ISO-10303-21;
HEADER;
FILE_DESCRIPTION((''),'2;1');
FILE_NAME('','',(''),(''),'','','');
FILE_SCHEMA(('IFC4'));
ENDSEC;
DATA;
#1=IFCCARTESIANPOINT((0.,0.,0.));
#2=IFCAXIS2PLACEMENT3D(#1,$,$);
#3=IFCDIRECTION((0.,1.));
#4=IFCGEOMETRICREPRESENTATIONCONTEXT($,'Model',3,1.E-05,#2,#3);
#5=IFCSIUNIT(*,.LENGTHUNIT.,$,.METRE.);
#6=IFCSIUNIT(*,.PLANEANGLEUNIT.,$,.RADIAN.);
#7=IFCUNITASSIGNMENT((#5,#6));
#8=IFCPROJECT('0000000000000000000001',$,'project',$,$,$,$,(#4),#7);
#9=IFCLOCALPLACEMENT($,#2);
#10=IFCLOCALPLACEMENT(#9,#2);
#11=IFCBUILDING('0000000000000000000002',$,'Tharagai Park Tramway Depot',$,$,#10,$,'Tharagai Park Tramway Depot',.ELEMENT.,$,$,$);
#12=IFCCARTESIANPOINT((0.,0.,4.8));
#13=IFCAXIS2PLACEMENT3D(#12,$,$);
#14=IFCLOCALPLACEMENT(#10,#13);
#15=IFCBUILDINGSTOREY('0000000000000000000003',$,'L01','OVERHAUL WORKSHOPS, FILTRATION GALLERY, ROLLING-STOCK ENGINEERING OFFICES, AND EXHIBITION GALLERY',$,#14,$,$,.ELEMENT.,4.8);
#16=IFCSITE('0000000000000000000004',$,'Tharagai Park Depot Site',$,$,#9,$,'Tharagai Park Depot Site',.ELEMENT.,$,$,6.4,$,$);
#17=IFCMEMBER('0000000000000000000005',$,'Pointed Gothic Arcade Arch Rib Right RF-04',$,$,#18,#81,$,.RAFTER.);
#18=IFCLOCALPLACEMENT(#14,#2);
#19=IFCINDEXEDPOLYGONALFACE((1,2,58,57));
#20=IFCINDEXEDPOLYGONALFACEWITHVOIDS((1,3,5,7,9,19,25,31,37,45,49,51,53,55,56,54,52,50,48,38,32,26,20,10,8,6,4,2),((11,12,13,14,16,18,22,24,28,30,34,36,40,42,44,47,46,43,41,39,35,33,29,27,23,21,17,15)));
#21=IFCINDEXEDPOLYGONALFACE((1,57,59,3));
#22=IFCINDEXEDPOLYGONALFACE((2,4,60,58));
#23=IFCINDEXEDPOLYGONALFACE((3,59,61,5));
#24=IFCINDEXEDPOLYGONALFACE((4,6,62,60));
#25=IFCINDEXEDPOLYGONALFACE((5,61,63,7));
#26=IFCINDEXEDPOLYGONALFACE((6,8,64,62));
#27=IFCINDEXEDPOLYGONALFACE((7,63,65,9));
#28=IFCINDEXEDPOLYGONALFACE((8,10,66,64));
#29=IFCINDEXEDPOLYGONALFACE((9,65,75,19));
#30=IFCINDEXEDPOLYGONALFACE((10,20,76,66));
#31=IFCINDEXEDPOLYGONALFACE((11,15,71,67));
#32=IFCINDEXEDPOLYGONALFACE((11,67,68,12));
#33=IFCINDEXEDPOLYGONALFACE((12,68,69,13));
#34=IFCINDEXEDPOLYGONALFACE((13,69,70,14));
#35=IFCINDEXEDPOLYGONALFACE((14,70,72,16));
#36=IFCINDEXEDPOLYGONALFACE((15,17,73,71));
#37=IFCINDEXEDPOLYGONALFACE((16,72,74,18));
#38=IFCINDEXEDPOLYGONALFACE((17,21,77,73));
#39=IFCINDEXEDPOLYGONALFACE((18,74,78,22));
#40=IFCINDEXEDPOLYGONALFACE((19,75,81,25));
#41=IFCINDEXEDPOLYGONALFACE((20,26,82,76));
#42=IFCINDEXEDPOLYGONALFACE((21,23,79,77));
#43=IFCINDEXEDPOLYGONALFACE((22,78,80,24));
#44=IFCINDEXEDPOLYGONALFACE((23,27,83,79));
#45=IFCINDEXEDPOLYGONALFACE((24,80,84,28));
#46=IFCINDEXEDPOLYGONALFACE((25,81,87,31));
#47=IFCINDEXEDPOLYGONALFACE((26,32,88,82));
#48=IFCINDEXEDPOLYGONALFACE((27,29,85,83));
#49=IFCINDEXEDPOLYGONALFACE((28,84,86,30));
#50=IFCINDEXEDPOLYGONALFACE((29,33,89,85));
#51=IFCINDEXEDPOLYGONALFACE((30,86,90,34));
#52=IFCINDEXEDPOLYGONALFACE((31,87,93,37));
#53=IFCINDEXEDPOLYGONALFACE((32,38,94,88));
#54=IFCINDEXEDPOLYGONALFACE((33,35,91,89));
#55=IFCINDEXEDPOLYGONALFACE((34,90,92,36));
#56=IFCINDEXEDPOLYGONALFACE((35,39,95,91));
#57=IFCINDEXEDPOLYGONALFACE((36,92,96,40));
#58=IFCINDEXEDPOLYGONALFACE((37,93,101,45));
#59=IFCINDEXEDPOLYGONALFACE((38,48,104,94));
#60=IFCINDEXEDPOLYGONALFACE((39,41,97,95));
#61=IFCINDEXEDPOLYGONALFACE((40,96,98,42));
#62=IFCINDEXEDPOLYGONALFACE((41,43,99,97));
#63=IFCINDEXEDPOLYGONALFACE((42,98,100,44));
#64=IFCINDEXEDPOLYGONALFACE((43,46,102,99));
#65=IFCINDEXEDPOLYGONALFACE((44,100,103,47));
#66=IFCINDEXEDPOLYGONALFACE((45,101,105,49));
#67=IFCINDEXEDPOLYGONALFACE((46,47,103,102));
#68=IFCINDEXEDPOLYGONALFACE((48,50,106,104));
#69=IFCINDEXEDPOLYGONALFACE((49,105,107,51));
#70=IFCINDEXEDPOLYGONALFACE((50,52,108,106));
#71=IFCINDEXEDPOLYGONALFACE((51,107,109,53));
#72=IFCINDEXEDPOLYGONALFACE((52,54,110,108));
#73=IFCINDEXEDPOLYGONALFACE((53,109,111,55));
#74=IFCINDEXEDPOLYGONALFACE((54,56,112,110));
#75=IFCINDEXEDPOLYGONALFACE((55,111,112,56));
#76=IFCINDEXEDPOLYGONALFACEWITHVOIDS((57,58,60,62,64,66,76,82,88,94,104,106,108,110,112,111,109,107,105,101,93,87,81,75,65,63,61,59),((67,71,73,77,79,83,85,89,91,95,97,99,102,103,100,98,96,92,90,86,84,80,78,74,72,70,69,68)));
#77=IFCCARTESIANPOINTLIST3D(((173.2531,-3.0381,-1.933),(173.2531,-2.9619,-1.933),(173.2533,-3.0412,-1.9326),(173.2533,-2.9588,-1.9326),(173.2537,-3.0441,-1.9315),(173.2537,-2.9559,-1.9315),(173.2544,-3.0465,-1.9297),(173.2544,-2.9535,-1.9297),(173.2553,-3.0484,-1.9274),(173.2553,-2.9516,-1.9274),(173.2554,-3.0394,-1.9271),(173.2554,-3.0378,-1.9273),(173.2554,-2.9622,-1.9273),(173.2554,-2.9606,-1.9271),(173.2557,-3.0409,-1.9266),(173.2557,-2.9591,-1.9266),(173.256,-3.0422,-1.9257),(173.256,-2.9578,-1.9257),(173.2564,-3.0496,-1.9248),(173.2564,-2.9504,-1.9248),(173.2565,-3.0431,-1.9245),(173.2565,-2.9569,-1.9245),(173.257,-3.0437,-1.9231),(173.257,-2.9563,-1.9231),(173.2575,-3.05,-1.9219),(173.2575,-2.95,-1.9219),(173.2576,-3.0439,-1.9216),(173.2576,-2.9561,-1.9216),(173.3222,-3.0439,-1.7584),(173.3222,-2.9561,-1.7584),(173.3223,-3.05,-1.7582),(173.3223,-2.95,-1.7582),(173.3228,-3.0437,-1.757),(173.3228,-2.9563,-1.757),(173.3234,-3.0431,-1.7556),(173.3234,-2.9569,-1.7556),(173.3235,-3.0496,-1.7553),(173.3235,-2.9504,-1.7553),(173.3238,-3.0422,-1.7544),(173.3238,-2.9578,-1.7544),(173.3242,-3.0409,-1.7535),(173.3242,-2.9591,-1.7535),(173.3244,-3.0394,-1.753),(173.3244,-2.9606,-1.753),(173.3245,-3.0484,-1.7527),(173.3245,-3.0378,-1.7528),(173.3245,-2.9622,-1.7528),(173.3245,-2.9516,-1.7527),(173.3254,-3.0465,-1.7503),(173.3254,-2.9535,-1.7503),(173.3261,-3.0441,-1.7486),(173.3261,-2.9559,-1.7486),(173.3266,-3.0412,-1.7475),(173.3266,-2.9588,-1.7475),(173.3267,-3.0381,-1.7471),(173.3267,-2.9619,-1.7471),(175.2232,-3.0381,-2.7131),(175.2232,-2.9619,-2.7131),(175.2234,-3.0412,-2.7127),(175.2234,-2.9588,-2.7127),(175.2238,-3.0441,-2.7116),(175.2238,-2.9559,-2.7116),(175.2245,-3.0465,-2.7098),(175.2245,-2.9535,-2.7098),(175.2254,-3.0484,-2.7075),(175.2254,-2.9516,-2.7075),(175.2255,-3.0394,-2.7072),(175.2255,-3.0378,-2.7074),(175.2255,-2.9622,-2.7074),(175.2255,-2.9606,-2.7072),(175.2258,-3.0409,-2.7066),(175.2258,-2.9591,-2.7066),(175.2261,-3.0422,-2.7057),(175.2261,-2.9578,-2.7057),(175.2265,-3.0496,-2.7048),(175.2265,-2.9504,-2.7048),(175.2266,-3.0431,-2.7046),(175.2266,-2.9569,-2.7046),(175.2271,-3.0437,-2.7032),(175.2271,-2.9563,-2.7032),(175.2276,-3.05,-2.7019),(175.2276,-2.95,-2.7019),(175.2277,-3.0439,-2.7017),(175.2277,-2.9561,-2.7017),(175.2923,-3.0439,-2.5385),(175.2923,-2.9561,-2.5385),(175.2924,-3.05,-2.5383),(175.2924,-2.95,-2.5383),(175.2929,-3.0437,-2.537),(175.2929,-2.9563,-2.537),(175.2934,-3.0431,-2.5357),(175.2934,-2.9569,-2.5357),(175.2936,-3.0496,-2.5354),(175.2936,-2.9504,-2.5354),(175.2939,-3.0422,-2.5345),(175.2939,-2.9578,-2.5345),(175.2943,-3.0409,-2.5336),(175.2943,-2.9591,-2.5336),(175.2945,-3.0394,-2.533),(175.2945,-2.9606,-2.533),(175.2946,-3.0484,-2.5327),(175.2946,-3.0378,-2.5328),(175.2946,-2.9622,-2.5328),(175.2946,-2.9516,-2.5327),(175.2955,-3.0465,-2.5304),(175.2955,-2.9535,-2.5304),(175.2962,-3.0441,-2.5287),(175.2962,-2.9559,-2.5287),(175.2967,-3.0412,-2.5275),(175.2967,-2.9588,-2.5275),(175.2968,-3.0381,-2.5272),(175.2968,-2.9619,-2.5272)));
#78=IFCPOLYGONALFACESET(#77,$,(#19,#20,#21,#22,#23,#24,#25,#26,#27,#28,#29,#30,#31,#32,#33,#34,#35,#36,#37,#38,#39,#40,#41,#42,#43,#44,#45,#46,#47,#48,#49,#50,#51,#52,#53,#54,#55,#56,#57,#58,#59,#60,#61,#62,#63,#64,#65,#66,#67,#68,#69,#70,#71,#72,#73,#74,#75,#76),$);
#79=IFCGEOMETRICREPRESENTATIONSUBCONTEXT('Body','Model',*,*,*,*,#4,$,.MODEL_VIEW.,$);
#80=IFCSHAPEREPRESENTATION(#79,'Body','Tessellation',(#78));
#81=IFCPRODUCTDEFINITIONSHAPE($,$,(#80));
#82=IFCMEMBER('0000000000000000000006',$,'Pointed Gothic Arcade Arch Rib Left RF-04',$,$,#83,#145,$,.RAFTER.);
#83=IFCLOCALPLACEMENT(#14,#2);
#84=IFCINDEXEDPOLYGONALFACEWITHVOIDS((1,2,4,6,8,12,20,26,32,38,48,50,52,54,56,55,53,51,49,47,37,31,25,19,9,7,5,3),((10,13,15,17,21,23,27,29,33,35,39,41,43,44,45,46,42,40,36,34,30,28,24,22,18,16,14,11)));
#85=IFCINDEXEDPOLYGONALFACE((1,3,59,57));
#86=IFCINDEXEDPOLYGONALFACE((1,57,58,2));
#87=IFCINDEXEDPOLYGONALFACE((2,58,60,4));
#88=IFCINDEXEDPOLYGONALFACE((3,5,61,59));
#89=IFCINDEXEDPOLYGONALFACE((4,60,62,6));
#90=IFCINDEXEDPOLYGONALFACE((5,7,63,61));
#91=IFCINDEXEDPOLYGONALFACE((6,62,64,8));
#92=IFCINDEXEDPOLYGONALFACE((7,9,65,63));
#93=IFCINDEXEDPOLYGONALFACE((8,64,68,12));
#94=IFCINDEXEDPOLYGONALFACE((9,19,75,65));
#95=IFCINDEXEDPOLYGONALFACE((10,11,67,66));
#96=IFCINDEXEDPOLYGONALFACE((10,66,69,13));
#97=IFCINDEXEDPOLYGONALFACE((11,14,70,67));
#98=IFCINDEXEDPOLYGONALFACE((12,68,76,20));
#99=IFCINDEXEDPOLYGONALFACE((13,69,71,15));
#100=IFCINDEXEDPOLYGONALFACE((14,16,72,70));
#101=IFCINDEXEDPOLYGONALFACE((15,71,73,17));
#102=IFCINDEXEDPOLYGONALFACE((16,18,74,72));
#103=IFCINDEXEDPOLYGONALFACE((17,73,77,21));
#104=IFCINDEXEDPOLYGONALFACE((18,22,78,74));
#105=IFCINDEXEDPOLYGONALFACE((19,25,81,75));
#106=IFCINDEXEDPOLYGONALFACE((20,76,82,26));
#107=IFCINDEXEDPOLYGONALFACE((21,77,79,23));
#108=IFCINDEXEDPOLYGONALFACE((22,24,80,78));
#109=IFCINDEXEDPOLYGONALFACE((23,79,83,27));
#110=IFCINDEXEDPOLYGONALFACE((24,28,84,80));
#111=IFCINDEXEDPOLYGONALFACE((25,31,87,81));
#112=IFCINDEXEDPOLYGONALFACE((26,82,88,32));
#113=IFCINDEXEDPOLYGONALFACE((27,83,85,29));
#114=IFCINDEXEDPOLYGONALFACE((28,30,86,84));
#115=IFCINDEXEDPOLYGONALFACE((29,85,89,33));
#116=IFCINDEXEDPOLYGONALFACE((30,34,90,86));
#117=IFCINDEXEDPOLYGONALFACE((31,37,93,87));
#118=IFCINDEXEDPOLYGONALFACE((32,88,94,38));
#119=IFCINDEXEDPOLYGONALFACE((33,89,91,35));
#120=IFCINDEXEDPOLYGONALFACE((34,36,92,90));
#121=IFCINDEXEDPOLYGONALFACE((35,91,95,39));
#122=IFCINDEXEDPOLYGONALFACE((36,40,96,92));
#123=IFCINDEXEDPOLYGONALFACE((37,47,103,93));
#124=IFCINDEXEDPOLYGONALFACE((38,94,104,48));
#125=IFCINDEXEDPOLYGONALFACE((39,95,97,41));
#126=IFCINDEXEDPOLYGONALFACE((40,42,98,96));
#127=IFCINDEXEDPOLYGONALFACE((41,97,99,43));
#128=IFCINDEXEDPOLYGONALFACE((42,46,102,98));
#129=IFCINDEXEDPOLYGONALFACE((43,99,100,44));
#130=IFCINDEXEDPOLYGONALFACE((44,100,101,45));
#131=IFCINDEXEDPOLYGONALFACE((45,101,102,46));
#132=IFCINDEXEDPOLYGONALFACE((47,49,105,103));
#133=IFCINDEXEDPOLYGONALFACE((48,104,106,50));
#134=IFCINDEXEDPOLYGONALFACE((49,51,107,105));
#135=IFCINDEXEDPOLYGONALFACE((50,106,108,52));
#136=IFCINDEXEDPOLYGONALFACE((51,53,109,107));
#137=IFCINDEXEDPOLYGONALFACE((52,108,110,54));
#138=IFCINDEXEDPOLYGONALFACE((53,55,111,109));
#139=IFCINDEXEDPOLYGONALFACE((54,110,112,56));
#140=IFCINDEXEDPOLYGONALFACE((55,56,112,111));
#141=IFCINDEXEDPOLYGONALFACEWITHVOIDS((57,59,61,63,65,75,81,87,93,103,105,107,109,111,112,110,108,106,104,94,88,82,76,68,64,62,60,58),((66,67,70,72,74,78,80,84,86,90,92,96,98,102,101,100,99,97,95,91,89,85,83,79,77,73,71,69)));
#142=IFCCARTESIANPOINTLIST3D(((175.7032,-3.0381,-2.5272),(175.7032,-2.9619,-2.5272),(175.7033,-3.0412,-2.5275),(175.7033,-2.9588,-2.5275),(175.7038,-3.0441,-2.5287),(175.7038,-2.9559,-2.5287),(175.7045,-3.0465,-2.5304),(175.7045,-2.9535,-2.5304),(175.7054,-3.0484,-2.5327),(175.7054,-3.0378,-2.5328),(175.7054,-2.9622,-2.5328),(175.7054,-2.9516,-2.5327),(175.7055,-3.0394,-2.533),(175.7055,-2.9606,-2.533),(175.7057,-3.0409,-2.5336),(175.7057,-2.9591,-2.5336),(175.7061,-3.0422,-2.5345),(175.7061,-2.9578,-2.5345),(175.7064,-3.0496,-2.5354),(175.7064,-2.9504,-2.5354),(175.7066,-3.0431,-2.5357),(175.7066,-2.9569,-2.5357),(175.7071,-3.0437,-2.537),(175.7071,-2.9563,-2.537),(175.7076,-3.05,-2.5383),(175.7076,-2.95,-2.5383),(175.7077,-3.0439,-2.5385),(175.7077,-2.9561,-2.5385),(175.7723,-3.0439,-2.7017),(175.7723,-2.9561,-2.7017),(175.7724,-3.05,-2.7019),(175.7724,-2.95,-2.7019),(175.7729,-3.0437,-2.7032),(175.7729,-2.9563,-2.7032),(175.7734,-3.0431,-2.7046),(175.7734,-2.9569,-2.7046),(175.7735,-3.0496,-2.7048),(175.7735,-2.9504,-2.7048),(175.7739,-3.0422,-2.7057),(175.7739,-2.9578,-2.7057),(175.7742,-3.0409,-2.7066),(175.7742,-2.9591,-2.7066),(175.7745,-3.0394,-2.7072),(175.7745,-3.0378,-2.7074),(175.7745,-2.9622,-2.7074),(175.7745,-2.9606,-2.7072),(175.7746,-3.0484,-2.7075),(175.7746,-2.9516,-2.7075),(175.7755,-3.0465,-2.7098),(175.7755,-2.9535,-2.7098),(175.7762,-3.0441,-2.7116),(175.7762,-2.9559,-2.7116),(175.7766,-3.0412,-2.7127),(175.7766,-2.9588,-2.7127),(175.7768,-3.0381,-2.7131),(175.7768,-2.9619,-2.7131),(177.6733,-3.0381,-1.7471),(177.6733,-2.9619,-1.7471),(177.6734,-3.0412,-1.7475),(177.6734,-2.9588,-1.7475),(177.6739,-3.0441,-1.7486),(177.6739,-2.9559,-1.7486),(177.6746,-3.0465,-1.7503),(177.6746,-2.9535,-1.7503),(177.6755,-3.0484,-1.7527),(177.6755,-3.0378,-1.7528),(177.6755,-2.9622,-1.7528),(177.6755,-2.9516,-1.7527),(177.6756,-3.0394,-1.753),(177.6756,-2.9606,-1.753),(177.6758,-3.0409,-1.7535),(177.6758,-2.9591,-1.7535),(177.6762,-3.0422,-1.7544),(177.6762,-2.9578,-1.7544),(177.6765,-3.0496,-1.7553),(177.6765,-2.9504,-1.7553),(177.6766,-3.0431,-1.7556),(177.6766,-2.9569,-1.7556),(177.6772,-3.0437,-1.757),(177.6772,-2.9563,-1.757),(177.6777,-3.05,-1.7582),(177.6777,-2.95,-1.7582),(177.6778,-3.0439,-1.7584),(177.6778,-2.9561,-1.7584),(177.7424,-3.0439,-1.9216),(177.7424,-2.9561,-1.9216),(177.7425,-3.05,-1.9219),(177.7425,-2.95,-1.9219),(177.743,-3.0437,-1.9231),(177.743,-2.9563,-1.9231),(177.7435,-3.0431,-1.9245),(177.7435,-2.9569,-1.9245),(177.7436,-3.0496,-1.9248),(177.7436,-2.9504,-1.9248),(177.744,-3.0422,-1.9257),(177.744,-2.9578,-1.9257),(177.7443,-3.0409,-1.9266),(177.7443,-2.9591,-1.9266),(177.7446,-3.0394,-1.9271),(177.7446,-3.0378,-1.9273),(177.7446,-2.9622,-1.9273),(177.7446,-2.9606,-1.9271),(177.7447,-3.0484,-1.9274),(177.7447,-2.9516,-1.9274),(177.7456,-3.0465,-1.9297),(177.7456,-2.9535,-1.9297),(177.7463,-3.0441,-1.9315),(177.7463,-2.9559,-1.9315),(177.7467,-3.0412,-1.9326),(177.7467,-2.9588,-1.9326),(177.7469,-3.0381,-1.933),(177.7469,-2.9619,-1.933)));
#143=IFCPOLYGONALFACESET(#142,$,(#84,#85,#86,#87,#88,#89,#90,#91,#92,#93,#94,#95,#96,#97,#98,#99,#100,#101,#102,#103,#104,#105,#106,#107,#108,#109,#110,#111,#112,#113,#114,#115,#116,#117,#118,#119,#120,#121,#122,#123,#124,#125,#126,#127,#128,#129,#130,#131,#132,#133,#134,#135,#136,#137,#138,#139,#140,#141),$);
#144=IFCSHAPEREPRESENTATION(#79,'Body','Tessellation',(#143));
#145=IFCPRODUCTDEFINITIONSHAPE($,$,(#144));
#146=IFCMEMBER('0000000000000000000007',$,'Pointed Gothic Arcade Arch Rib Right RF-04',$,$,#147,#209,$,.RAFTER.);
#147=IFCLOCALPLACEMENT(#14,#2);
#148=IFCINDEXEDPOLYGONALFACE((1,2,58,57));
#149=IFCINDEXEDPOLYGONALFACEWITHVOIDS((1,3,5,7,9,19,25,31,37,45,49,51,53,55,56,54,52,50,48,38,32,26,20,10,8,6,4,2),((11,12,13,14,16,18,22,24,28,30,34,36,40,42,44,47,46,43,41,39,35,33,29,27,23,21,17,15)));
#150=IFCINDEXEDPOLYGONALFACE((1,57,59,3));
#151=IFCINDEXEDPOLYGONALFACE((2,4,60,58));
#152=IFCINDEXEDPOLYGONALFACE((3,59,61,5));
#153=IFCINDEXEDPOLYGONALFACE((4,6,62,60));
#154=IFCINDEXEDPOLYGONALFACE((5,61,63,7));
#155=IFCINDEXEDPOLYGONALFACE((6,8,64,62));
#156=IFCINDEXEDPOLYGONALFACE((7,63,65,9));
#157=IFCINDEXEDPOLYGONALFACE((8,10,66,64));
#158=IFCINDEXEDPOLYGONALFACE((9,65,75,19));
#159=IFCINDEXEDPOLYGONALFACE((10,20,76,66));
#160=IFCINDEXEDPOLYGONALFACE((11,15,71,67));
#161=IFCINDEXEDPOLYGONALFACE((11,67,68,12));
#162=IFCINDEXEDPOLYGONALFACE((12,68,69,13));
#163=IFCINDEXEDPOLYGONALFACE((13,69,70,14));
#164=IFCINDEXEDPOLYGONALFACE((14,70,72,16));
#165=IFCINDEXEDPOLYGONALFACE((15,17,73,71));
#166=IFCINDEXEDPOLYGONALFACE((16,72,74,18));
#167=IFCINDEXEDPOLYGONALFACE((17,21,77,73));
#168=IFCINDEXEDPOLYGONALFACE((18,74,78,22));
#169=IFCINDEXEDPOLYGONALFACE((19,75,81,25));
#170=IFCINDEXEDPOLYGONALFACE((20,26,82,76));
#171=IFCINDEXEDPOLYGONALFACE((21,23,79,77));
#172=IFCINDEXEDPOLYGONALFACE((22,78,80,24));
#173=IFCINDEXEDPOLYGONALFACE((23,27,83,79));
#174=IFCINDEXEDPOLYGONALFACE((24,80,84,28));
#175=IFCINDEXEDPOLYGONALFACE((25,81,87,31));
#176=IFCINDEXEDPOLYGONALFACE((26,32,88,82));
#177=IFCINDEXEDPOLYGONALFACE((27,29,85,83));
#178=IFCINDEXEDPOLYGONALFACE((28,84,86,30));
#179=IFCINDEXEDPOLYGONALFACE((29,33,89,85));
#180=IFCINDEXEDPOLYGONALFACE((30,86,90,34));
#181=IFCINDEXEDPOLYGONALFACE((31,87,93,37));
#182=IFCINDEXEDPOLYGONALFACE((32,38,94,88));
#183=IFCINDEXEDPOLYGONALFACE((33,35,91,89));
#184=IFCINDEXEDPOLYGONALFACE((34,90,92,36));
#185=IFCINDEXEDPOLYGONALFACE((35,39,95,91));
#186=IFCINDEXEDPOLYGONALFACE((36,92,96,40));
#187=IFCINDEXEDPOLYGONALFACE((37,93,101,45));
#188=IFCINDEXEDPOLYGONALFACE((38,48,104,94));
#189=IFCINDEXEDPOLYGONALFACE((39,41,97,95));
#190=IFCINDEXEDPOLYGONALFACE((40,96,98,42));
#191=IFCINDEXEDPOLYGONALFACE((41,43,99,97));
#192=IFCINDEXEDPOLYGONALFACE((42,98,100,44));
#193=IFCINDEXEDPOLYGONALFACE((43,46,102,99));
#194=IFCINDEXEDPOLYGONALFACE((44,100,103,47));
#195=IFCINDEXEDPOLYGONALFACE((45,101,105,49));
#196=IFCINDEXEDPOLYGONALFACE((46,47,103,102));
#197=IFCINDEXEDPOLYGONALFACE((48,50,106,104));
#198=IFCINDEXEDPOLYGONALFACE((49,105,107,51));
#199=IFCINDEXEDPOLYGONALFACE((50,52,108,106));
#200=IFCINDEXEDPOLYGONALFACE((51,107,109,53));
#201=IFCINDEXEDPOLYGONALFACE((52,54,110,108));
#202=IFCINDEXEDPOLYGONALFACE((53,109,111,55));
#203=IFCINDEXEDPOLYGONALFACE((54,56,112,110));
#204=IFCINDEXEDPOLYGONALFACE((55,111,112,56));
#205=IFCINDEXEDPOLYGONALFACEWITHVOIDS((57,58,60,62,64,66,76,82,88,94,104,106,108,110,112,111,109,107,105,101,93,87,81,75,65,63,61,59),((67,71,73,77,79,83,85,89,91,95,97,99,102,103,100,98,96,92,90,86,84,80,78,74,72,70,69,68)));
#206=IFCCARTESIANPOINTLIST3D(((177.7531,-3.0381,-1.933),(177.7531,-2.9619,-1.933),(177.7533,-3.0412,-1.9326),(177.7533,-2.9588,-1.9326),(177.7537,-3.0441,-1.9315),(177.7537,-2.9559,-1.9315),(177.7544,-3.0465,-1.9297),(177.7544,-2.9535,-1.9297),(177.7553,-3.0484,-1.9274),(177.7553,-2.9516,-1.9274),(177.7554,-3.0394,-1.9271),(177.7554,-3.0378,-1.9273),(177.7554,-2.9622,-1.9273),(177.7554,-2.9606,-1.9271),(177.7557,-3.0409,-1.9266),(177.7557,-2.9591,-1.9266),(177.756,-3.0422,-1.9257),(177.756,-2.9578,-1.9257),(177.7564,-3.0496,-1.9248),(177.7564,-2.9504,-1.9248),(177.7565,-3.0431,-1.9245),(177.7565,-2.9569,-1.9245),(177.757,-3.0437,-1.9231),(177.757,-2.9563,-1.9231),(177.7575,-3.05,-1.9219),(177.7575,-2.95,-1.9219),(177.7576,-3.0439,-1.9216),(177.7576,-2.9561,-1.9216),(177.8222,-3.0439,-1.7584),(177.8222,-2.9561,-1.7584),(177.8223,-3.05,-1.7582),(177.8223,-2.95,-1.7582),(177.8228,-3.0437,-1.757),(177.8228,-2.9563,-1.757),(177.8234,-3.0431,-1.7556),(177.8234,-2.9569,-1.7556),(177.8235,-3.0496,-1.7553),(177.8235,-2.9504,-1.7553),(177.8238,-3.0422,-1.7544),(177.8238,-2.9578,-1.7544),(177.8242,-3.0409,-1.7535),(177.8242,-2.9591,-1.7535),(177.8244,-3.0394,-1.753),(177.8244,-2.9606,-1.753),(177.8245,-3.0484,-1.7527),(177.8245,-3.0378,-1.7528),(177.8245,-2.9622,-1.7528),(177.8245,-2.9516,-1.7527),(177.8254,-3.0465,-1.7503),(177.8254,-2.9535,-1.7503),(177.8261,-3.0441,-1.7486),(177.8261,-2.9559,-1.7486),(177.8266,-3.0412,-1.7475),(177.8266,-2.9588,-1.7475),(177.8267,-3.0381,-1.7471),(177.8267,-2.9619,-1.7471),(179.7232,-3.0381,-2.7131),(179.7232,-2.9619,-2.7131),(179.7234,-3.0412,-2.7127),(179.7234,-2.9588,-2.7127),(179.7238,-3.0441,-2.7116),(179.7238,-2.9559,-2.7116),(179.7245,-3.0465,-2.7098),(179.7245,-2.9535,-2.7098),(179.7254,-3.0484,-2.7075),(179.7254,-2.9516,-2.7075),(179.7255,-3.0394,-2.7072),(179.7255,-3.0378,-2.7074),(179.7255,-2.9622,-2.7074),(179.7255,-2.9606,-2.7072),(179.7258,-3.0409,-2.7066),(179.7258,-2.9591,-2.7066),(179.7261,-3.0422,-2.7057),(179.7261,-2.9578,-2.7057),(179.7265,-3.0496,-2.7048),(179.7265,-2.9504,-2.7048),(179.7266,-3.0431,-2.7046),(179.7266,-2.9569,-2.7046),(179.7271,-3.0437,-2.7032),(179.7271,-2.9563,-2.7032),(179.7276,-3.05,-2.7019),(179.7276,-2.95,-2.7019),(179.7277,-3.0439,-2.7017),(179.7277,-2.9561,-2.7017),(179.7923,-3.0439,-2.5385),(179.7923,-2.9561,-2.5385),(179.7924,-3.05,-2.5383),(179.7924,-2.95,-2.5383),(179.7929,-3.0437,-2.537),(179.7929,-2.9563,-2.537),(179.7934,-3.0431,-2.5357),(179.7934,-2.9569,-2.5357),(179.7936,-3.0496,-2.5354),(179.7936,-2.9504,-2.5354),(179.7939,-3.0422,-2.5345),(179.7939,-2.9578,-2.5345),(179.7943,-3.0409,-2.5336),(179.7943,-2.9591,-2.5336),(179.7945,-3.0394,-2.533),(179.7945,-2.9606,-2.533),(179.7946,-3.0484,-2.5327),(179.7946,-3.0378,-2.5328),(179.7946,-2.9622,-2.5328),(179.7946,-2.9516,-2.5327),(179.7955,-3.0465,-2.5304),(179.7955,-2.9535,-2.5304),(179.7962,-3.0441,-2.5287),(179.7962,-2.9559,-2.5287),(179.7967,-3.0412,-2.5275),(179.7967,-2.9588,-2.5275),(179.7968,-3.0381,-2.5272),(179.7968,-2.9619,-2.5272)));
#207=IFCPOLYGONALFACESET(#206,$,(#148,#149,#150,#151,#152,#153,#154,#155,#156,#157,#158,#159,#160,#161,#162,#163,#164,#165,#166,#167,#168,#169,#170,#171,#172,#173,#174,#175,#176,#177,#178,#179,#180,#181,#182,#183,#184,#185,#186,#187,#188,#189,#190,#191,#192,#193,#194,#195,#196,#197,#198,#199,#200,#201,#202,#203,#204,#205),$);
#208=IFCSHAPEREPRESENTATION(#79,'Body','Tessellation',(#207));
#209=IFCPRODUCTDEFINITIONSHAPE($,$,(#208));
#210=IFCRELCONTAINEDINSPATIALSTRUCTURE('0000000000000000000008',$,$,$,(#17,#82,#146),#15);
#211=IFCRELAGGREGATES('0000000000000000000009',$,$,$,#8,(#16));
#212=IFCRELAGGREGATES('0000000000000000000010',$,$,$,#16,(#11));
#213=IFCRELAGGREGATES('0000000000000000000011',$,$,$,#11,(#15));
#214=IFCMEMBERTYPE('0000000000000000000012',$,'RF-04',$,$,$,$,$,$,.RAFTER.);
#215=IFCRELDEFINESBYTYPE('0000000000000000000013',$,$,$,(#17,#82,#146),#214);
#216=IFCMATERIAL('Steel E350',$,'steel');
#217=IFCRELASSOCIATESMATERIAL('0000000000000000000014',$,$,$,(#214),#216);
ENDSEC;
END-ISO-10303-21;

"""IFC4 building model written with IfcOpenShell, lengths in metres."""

from ifc_helpers import new_model, si_unit, direction, frame, origin, origin_2d, place, context, subcontext, project, spatial, hollow_rectangle, extrude, material, material_profile, profile_set, type_object, element, save


model = new_model("IFC4")

# Units and contexts
model_context = context("Model", 3, precision=1e-05, world=origin(), true_north=direction((0.0, 1.0)))
body_context = subcontext(model_context, "Body", "Model", "MODEL_VIEW")
ifc_project = project(units=[si_unit("LENGTHUNIT", "METRE"), si_unit("PLANEANGLEUNIT", "RADIAN")], contexts=[model_context])

# Site, building, storey
site_placement = place(None, origin())
site = spatial("IfcSite", under=ifc_project, at=site_placement, Name="Tharagai Park Depot Site", LongName="Tharagai Park Depot Site", CompositionType="ELEMENT", RefElevation=6.4)
building_placement = place(site_placement, origin())
building = spatial("IfcBuilding", under=site, at=building_placement, Name="Tharagai Park Tramway Depot", LongName="Tharagai Park Tramway Depot", CompositionType="ELEMENT")
storey_placement = place(building_placement, frame((0.0, 0.0, 4.8)))
storey = spatial("IfcBuildingStorey", under=building, at=storey_placement, Name="L01", Description="OVERHAUL WORKSHOPS, FILTRATION GALLERY, ROLLING-STOCK ENGINEERING OFFICES, AND EXHIBITION GALLERY", CompositionType="ELEMENT", Elevation=4.8)

# Members
ifc_material_1 = material(Name="Steel E350", Category="steel")
ifc_material_profile_1 = material_profile(ifc_material_1, hollow_rectangle(XDim=0.1001, YDim=0.2, WallThickness=0.0061, InnerFilletRadius=0.0061, OuterFilletRadius=0.012, at=origin_2d()), Name="RHS 200x100x6")
ifc_profile_set_1 = profile_set([ifc_material_profile_1], Name="Steel E350")
member_type_1 = type_object("IfcMemberType", Name="RF-04", PredefinedType="RAFTER", material=ifc_profile_set_1)
for number, where, z_axis, x_axis, name in (
    (1, (175.26, -3.0, -2.6201), (-0.929766, 0.0, 0.36815), (0.0, -1.0, 0.0), "Pointed Gothic Arcade Arch Rib Right RF-04"),
    (2, (175.74, -3.0, -2.6201), (0.929766, 0.0, 0.36815), (0.0, 1.0, 0.0), "Pointed Gothic Arcade Arch Rib Left RF-04"),
    (3, (179.76, -3.0, -2.6201), (-0.929766, 0.0, 0.36815), (0.0, -1.0, 0.0), "Pointed Gothic Arcade Arch Rib Right RF-04"),
):
    element("IfcMember", number, at=place(storey_placement, frame(where, z_axis=z_axis, x_axis=x_axis)), inside=storey, type_object=member_type_1, Name=name, PredefinedType="RAFTER", context=body_context, shape_type="SweptSolid", body=[
        extrude(hollow_rectangle(XDim=0.1001, YDim=0.2, WallThickness=0.0061, InnerFilletRadius=0.0061, OuterFilletRadius=0.012, at=origin_2d()), origin(), (0.0, 0.0, 1.0), 2.1189),
    ])

save(model, "model.ifc")
